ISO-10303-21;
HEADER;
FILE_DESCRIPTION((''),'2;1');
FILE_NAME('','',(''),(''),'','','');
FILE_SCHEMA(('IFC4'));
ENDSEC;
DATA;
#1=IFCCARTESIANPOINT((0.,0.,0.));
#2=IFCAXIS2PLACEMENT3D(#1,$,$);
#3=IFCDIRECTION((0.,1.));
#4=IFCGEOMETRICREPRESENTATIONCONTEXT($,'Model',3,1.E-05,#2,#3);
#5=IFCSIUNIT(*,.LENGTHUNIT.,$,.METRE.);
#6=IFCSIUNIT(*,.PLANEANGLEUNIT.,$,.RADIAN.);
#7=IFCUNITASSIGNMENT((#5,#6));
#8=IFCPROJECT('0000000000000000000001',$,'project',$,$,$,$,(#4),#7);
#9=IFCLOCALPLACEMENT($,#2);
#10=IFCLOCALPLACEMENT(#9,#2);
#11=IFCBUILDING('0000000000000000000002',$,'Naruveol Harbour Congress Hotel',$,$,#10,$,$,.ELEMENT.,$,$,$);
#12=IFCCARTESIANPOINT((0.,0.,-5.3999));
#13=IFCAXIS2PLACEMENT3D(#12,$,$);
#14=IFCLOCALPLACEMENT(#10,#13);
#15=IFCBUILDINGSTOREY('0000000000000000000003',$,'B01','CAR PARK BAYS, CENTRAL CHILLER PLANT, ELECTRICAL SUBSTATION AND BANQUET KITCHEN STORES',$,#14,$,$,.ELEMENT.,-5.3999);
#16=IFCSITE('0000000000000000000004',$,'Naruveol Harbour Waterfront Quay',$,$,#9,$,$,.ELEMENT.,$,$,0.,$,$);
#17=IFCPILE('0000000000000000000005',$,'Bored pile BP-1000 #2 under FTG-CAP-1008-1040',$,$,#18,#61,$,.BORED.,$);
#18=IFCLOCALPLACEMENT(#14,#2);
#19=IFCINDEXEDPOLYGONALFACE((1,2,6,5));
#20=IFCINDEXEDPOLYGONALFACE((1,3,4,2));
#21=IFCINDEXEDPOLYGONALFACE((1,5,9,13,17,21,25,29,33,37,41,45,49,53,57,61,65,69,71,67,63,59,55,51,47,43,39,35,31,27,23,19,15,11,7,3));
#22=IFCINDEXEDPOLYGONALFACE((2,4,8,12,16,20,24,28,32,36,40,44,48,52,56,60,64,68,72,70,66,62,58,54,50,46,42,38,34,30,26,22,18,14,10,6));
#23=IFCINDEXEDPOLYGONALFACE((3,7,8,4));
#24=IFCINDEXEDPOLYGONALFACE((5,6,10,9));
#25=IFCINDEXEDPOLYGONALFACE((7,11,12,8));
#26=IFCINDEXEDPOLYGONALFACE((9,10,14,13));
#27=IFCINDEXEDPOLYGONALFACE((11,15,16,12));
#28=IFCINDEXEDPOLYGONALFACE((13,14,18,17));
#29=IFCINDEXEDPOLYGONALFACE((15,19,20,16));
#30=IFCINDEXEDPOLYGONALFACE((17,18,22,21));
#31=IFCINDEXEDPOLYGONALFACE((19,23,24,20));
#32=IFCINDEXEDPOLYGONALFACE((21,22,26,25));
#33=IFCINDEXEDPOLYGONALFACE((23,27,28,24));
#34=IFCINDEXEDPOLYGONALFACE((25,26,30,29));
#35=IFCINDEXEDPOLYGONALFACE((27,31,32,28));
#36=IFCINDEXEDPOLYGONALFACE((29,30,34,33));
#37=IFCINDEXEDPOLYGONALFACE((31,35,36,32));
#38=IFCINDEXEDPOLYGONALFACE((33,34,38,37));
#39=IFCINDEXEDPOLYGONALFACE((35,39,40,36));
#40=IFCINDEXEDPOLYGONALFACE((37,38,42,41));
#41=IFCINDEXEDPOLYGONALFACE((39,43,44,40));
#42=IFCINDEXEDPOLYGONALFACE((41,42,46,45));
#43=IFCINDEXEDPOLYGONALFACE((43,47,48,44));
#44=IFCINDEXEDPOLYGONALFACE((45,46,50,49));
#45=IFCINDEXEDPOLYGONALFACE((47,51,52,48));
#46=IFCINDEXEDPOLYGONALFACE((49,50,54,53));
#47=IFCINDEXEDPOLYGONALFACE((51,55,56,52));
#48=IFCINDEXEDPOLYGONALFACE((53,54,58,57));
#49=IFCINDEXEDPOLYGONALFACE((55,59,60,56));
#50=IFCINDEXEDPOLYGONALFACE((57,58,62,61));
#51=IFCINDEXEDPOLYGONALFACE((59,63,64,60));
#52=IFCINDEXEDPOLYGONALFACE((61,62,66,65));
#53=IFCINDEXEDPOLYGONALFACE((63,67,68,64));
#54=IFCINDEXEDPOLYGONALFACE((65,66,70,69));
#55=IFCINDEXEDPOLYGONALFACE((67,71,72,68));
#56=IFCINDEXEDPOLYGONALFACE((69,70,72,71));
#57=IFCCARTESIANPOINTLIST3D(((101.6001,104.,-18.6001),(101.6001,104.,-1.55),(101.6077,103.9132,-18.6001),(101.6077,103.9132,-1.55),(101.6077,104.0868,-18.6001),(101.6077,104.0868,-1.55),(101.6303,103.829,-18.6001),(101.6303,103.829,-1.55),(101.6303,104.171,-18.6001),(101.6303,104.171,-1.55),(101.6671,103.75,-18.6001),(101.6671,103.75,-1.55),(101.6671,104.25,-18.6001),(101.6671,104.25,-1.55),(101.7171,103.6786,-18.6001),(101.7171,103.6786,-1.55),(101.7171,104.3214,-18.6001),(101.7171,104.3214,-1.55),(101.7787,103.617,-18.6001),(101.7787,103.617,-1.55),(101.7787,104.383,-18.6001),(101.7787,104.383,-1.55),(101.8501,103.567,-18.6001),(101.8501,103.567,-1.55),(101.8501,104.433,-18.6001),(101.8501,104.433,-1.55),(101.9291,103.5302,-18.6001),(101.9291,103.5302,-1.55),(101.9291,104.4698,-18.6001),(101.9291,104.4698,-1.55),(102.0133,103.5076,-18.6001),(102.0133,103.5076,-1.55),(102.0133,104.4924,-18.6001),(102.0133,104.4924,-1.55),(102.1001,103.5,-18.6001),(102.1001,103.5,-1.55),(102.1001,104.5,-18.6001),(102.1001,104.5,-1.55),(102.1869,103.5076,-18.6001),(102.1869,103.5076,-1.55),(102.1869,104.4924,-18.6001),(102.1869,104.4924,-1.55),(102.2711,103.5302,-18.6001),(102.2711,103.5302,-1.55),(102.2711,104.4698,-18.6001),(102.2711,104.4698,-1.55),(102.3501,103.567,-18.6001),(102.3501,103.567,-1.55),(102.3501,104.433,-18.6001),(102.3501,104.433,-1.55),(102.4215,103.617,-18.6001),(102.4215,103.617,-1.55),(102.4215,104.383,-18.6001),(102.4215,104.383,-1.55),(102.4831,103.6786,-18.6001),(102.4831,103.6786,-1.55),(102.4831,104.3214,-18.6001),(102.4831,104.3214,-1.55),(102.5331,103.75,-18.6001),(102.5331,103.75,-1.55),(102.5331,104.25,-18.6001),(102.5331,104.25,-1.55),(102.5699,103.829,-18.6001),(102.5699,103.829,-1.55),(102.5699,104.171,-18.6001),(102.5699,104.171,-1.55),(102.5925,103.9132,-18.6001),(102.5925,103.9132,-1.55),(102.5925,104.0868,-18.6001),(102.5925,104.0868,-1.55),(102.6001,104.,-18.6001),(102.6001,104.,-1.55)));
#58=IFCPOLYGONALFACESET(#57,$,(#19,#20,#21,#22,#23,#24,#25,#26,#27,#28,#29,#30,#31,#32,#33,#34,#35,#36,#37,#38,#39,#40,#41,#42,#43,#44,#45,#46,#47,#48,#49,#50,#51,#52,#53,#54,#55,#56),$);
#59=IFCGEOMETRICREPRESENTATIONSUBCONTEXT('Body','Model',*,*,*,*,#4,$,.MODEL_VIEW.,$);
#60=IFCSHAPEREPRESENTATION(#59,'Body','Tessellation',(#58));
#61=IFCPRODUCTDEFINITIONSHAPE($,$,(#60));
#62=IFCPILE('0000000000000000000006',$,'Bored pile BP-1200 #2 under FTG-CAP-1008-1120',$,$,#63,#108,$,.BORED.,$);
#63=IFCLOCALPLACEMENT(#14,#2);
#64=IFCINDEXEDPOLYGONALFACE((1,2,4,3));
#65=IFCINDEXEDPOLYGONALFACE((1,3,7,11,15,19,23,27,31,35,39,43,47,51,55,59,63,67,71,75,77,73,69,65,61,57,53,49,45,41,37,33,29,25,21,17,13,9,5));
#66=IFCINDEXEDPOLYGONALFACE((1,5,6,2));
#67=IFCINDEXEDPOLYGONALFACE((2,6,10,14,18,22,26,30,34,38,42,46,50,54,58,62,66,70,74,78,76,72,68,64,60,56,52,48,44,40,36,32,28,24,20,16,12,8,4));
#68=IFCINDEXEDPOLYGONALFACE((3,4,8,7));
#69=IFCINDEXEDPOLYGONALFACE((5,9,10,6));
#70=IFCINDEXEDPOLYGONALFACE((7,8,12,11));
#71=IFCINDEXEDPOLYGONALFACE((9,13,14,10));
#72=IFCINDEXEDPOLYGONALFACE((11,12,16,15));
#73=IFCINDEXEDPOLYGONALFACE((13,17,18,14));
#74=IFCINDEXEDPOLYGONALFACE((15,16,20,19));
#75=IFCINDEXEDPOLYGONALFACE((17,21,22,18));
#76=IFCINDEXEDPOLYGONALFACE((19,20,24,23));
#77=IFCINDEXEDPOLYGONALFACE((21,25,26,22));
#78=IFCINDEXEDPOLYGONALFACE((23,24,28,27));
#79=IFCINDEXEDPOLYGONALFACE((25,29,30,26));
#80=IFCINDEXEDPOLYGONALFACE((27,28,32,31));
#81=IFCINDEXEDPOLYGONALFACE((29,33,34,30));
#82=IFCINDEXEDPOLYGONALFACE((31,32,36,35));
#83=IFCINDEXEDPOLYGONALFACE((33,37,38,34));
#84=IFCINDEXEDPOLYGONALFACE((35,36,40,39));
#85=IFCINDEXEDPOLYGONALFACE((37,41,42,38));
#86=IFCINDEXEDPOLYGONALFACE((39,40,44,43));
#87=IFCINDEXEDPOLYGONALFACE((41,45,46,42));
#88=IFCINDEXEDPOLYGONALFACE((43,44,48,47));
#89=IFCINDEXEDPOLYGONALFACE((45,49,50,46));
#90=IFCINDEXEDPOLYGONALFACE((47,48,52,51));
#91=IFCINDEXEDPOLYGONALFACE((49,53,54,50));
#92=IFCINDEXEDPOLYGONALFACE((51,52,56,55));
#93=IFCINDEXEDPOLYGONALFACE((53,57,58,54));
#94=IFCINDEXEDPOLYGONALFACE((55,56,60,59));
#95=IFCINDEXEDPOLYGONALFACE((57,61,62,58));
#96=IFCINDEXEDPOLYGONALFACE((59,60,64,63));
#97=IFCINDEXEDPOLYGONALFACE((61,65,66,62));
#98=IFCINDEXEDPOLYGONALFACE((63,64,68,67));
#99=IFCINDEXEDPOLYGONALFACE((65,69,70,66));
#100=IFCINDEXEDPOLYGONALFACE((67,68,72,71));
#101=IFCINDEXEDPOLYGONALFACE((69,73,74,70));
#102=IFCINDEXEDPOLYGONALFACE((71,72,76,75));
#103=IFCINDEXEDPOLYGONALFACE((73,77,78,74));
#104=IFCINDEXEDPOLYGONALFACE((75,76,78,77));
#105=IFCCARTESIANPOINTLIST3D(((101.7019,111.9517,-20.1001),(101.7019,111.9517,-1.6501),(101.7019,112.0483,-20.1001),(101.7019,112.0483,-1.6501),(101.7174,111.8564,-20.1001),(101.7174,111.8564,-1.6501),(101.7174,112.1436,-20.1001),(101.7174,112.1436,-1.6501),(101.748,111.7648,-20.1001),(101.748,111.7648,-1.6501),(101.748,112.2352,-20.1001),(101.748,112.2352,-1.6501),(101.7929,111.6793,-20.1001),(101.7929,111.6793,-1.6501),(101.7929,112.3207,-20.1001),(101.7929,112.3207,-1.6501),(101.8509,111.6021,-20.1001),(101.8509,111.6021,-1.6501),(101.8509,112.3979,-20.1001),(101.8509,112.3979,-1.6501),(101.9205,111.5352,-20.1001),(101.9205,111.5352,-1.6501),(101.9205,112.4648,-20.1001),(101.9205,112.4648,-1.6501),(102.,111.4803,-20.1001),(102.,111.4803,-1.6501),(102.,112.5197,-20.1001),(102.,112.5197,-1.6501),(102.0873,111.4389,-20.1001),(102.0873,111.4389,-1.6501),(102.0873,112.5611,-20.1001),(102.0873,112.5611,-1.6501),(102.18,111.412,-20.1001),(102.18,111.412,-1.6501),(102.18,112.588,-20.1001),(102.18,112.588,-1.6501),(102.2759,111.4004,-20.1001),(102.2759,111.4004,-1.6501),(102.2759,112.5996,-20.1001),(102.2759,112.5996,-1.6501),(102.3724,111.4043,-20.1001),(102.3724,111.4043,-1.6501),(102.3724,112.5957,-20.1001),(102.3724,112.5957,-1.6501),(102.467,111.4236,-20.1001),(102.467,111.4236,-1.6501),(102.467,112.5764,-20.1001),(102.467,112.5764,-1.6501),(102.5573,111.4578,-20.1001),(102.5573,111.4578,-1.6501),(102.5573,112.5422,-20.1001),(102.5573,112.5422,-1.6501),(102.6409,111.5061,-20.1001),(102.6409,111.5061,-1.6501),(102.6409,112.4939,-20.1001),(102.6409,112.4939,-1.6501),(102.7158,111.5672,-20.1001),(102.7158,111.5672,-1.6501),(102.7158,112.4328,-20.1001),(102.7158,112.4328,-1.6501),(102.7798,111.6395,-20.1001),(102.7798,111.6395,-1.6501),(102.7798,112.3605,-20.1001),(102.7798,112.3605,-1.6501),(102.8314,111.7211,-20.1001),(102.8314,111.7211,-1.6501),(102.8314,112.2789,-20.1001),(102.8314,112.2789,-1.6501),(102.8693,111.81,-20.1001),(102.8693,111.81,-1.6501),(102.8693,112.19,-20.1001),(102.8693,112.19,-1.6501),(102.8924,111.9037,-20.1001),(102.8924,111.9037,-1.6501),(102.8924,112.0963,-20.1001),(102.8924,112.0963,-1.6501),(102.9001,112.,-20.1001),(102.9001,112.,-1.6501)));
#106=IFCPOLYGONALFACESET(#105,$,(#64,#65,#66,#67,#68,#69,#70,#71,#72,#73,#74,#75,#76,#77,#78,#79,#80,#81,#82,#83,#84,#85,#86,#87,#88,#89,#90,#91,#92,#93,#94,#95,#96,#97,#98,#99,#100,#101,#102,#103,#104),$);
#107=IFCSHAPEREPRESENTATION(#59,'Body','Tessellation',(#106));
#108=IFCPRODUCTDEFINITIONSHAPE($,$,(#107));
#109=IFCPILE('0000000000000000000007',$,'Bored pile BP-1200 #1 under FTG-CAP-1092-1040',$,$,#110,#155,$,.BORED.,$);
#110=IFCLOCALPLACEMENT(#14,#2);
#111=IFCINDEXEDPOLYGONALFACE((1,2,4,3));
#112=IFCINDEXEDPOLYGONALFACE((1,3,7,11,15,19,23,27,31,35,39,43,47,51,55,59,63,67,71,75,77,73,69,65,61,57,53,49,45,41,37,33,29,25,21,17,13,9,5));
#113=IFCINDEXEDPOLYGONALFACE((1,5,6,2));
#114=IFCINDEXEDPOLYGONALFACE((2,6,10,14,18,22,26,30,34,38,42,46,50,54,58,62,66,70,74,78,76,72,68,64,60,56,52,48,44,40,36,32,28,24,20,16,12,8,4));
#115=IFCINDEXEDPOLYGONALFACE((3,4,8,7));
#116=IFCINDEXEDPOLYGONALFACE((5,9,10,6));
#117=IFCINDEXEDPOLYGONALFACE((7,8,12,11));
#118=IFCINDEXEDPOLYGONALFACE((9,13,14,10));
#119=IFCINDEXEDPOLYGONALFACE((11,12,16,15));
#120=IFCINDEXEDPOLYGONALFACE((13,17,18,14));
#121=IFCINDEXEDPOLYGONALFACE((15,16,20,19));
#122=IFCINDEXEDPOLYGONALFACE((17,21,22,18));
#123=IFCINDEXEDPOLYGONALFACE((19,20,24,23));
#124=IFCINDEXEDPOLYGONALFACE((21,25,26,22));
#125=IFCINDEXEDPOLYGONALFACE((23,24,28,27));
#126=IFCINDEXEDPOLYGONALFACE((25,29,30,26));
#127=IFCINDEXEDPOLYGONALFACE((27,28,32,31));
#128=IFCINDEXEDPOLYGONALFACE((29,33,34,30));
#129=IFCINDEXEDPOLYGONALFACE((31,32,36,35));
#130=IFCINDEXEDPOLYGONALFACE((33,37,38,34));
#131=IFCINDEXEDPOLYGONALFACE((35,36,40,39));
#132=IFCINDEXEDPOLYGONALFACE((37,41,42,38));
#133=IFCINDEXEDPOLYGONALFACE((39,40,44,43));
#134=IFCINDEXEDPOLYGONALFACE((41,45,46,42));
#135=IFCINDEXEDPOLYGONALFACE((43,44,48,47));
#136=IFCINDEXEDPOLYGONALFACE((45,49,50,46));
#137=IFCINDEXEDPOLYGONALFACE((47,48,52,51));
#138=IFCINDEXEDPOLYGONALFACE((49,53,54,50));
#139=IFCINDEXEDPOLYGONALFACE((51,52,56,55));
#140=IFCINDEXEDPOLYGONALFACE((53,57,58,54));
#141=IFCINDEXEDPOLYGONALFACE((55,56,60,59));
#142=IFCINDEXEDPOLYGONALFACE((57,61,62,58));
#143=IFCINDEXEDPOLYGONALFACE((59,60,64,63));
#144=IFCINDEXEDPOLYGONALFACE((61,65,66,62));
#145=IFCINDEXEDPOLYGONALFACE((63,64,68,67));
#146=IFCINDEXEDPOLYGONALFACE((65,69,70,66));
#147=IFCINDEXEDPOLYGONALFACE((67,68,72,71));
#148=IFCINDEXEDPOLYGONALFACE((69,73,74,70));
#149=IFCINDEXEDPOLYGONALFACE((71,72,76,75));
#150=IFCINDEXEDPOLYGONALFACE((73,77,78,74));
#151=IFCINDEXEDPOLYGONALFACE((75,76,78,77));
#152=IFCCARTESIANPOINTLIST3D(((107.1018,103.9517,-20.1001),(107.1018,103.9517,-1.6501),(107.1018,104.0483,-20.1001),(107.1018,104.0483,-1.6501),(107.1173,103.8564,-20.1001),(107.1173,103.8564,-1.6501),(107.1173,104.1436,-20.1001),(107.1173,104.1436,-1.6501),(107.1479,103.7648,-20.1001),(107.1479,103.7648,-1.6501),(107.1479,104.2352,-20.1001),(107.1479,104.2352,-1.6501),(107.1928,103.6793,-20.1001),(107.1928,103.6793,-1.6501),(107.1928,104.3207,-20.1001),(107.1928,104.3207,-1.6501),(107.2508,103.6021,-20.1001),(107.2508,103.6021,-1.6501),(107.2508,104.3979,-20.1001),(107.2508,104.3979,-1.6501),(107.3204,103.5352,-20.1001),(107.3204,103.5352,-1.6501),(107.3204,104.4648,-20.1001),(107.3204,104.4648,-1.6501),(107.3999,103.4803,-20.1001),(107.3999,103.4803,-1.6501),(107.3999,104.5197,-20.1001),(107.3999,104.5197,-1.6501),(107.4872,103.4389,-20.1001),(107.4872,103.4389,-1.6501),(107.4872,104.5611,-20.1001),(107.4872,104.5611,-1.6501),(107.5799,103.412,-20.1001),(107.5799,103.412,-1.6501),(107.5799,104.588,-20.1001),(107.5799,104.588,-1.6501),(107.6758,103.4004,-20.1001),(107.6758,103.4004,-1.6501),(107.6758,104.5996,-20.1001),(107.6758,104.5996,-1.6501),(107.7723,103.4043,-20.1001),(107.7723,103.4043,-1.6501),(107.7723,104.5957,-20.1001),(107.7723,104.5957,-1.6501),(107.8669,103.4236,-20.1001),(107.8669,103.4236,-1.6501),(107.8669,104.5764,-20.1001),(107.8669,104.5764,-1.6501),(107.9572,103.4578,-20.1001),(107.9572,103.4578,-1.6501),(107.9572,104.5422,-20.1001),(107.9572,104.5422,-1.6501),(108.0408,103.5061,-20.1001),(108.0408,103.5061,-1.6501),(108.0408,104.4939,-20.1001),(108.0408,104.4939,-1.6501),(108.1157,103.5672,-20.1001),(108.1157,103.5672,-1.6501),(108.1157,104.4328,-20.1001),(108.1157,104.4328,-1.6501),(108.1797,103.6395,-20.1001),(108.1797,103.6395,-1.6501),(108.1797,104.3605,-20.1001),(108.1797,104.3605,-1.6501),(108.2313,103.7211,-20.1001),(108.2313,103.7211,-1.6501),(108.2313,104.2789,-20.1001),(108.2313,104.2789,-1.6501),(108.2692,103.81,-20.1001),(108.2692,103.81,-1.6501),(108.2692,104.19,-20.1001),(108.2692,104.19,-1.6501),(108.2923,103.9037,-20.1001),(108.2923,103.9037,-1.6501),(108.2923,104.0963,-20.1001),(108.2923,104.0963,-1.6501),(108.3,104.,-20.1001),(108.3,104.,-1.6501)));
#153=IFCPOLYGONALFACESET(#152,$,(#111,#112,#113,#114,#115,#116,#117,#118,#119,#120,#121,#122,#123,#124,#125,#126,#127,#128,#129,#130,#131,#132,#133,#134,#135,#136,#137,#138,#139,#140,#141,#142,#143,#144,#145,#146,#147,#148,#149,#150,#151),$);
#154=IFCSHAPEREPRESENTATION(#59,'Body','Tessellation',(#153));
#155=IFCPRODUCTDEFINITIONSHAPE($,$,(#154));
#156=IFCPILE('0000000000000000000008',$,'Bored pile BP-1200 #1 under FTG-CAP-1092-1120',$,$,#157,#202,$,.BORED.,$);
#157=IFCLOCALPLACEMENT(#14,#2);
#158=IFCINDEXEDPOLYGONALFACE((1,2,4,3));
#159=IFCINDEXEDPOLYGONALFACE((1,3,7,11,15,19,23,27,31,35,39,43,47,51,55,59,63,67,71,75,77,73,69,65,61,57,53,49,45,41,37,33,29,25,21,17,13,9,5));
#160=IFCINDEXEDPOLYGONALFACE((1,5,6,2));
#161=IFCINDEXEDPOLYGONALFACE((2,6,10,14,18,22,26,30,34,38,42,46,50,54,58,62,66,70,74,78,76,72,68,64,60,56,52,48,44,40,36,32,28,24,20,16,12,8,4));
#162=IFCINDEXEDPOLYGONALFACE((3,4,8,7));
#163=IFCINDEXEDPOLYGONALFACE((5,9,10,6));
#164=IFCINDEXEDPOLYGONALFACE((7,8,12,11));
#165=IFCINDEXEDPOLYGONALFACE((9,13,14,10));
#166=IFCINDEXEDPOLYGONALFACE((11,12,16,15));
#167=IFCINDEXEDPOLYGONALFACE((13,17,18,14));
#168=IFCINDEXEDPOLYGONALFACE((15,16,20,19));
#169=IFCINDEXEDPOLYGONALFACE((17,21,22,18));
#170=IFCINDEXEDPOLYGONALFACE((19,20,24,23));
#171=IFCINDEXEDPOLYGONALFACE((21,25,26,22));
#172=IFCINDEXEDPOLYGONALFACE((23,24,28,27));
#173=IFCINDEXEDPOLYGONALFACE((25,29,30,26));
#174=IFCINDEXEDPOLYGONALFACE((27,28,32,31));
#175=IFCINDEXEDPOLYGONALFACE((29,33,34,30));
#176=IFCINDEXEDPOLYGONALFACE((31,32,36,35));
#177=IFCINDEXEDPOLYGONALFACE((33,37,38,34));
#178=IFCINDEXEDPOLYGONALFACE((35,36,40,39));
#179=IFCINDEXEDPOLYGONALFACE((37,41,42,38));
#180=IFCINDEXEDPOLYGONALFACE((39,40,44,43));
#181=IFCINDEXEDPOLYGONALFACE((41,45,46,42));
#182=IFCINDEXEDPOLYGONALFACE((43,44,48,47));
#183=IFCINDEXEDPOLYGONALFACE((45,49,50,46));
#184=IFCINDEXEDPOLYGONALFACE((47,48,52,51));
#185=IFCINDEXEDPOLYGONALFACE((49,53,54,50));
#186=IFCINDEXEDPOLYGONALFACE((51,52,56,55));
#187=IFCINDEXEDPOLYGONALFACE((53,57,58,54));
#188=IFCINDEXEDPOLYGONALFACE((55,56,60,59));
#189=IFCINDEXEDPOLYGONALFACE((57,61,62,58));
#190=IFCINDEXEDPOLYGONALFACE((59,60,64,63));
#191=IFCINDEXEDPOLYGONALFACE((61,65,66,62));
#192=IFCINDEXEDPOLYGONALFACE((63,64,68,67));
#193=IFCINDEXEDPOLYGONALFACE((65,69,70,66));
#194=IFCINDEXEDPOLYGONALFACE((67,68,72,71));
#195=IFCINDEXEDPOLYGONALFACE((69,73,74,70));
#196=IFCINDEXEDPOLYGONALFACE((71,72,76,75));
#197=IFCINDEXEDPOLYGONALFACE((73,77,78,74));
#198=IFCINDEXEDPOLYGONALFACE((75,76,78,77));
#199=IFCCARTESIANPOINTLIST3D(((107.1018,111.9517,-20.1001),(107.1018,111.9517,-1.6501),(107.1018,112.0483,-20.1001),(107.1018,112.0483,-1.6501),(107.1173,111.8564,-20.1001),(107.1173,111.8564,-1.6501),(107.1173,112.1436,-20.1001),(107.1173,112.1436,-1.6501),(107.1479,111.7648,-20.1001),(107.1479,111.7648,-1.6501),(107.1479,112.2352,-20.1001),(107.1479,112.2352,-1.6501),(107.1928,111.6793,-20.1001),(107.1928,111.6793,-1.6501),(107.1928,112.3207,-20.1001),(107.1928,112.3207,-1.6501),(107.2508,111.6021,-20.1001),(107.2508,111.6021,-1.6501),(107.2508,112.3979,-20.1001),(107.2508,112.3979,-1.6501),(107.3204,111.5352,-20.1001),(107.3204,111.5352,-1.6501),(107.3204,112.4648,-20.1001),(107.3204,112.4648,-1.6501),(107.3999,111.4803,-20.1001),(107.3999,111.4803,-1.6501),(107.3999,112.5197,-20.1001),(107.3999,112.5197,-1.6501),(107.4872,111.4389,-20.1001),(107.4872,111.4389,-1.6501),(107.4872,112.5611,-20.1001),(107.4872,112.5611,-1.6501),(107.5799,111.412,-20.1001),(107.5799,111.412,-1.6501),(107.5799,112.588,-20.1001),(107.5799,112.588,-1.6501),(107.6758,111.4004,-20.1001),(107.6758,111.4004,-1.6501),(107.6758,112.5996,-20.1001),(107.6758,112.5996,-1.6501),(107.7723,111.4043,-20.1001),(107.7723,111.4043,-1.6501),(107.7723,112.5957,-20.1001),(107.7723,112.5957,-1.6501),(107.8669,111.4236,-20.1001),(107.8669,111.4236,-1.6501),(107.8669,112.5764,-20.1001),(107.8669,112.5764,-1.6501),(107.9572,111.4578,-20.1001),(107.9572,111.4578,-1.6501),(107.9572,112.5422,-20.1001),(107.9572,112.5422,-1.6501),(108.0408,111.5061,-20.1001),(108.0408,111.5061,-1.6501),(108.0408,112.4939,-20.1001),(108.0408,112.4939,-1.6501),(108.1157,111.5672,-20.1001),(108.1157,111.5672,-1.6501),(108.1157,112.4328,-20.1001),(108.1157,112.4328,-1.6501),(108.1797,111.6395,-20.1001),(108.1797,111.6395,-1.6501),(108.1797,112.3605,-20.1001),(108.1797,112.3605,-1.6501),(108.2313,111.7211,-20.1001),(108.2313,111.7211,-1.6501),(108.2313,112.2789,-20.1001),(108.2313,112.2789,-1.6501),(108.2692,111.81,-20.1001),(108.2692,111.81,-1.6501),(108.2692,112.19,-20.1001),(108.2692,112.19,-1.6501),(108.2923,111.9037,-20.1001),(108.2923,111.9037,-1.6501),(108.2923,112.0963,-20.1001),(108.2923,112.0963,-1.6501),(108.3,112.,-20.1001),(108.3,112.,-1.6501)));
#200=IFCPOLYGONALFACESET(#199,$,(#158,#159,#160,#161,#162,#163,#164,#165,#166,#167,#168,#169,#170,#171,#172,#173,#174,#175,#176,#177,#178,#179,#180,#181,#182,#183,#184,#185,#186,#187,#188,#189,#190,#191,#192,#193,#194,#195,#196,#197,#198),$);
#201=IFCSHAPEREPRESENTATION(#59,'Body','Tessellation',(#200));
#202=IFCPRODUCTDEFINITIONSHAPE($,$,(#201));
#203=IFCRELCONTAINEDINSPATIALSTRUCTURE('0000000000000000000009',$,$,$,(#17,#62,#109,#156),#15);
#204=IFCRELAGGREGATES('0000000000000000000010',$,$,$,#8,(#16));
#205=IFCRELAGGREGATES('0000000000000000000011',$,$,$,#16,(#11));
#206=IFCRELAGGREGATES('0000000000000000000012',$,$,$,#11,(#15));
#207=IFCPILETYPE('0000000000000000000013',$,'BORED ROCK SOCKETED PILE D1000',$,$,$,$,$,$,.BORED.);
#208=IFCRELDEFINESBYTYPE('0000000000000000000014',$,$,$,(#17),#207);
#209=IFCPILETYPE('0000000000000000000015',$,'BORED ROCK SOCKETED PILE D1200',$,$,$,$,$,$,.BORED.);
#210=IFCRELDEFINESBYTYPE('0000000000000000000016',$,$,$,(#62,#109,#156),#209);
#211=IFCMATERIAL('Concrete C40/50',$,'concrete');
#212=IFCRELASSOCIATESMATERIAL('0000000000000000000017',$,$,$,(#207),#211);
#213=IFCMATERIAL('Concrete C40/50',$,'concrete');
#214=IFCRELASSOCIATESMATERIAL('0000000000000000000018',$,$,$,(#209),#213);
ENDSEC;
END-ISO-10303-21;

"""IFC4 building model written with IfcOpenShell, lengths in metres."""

from ifc_helpers import new_model, si_unit, direction, frame, origin, origin_2d, place, context, subcontext, project, spatial, circle, extrude, material, material_profile, profile_set, type_object, element, save


model = new_model("IFC4")

# Units and contexts
model_context = context("Model", 3, precision=1e-05, world=origin(), true_north=direction((0.0, 1.0)))
body_context = subcontext(model_context, "Body", "Model", "MODEL_VIEW")
ifc_project = project(units=[si_unit("LENGTHUNIT", "METRE"), si_unit("PLANEANGLEUNIT", "RADIAN")], contexts=[model_context])

# Site, building, storey
site_placement = place(None, origin())
site = spatial("IfcSite", under=ifc_project, at=site_placement, Name="Naruveol Harbour Waterfront Quay", CompositionType="ELEMENT", RefElevation=0.0)
building_placement = place(site_placement, origin())
building = spatial("IfcBuilding", under=site, at=building_placement, Name="Naruveol Harbour Congress Hotel", CompositionType="ELEMENT")
storey_placement = place(building_placement, frame((0.0, 0.0, -5.3999)))
storey = spatial("IfcBuildingStorey", under=building, at=storey_placement, Name="B01", Description="CAR PARK BAYS, CENTRAL CHILLER PLANT, ELECTRICAL SUBSTATION AND BANQUET KITCHEN STORES", CompositionType="ELEMENT", Elevation=-5.3999)

# Piles
ifc_material_1 = material(Name="Concrete C40/50", Category="concrete")
ifc_material_profile_1 = material_profile(ifc_material_1, circle(Radius=0.5, at=origin_2d()), Name="BP-1000")
ifc_profile_set_1 = profile_set([ifc_material_profile_1], Name="Concrete C40/50")
pile_type_1 = type_object("IfcPileType", Name="BORED ROCK SOCKETED PILE D1000", PredefinedType="BORED", material=ifc_profile_set_1)
pile_placement = place(storey_placement, frame((102.1001, 104.0, -1.55), z_axis=(0.0, 0.0, -1.0), x_axis=(1.0, 0.0, 0.0)))
element("IfcPile", 1, at=pile_placement, inside=storey, type_object=pile_type_1, Name="Bored pile BP-1000 #2 under FTG-CAP-1008-1040", PredefinedType="BORED", context=body_context, shape_type="SweptSolid", body=[
    extrude(circle(Radius=0.5, at=origin_2d()), origin(), (0.0, 0.0, 1.0), 17.05),
])
ifc_material_2 = material(Name="Concrete C40/50", Category="concrete")
ifc_material_profile_2 = material_profile(ifc_material_2, circle(Radius=0.6001, at=origin_2d()), Name="BP-1200")
ifc_profile_set_2 = profile_set([ifc_material_profile_2], Name="Concrete C40/50")
pile_type_2 = type_object("IfcPileType", Name="BORED ROCK SOCKETED PILE D1200", PredefinedType="BORED", material=ifc_profile_set_2)
for number, where, z_axis, x_axis, name in (
    (2, (102.3, 112.0, -1.6501), (0.0, 0.0, -1.0), (1.0, 0.0, 0.0), "Bored pile BP-1200 #2 under FTG-CAP-1008-1120"),
    (3, (107.7, 104.0, -1.6501), (0.0, 0.0, -1.0), (1.0, 0.0, 0.0), "Bored pile BP-1200 #1 under FTG-CAP-1092-1040"),
    (4, (107.7, 112.0, -1.6501), (0.0, 0.0, -1.0), (1.0, 0.0, 0.0), "Bored pile BP-1200 #1 under FTG-CAP-1092-1120"),
):
    element("IfcPile", number, at=place(storey_placement, frame(where, z_axis=z_axis, x_axis=x_axis)), inside=storey, type_object=pile_type_2, Name=name, PredefinedType="BORED", context=body_context, shape_type="SweptSolid", body=[
        extrude(circle(Radius=0.6001, at=origin_2d()), origin(), (0.0, 0.0, 1.0), 18.45),
    ])

save(model, "model.ifc")
